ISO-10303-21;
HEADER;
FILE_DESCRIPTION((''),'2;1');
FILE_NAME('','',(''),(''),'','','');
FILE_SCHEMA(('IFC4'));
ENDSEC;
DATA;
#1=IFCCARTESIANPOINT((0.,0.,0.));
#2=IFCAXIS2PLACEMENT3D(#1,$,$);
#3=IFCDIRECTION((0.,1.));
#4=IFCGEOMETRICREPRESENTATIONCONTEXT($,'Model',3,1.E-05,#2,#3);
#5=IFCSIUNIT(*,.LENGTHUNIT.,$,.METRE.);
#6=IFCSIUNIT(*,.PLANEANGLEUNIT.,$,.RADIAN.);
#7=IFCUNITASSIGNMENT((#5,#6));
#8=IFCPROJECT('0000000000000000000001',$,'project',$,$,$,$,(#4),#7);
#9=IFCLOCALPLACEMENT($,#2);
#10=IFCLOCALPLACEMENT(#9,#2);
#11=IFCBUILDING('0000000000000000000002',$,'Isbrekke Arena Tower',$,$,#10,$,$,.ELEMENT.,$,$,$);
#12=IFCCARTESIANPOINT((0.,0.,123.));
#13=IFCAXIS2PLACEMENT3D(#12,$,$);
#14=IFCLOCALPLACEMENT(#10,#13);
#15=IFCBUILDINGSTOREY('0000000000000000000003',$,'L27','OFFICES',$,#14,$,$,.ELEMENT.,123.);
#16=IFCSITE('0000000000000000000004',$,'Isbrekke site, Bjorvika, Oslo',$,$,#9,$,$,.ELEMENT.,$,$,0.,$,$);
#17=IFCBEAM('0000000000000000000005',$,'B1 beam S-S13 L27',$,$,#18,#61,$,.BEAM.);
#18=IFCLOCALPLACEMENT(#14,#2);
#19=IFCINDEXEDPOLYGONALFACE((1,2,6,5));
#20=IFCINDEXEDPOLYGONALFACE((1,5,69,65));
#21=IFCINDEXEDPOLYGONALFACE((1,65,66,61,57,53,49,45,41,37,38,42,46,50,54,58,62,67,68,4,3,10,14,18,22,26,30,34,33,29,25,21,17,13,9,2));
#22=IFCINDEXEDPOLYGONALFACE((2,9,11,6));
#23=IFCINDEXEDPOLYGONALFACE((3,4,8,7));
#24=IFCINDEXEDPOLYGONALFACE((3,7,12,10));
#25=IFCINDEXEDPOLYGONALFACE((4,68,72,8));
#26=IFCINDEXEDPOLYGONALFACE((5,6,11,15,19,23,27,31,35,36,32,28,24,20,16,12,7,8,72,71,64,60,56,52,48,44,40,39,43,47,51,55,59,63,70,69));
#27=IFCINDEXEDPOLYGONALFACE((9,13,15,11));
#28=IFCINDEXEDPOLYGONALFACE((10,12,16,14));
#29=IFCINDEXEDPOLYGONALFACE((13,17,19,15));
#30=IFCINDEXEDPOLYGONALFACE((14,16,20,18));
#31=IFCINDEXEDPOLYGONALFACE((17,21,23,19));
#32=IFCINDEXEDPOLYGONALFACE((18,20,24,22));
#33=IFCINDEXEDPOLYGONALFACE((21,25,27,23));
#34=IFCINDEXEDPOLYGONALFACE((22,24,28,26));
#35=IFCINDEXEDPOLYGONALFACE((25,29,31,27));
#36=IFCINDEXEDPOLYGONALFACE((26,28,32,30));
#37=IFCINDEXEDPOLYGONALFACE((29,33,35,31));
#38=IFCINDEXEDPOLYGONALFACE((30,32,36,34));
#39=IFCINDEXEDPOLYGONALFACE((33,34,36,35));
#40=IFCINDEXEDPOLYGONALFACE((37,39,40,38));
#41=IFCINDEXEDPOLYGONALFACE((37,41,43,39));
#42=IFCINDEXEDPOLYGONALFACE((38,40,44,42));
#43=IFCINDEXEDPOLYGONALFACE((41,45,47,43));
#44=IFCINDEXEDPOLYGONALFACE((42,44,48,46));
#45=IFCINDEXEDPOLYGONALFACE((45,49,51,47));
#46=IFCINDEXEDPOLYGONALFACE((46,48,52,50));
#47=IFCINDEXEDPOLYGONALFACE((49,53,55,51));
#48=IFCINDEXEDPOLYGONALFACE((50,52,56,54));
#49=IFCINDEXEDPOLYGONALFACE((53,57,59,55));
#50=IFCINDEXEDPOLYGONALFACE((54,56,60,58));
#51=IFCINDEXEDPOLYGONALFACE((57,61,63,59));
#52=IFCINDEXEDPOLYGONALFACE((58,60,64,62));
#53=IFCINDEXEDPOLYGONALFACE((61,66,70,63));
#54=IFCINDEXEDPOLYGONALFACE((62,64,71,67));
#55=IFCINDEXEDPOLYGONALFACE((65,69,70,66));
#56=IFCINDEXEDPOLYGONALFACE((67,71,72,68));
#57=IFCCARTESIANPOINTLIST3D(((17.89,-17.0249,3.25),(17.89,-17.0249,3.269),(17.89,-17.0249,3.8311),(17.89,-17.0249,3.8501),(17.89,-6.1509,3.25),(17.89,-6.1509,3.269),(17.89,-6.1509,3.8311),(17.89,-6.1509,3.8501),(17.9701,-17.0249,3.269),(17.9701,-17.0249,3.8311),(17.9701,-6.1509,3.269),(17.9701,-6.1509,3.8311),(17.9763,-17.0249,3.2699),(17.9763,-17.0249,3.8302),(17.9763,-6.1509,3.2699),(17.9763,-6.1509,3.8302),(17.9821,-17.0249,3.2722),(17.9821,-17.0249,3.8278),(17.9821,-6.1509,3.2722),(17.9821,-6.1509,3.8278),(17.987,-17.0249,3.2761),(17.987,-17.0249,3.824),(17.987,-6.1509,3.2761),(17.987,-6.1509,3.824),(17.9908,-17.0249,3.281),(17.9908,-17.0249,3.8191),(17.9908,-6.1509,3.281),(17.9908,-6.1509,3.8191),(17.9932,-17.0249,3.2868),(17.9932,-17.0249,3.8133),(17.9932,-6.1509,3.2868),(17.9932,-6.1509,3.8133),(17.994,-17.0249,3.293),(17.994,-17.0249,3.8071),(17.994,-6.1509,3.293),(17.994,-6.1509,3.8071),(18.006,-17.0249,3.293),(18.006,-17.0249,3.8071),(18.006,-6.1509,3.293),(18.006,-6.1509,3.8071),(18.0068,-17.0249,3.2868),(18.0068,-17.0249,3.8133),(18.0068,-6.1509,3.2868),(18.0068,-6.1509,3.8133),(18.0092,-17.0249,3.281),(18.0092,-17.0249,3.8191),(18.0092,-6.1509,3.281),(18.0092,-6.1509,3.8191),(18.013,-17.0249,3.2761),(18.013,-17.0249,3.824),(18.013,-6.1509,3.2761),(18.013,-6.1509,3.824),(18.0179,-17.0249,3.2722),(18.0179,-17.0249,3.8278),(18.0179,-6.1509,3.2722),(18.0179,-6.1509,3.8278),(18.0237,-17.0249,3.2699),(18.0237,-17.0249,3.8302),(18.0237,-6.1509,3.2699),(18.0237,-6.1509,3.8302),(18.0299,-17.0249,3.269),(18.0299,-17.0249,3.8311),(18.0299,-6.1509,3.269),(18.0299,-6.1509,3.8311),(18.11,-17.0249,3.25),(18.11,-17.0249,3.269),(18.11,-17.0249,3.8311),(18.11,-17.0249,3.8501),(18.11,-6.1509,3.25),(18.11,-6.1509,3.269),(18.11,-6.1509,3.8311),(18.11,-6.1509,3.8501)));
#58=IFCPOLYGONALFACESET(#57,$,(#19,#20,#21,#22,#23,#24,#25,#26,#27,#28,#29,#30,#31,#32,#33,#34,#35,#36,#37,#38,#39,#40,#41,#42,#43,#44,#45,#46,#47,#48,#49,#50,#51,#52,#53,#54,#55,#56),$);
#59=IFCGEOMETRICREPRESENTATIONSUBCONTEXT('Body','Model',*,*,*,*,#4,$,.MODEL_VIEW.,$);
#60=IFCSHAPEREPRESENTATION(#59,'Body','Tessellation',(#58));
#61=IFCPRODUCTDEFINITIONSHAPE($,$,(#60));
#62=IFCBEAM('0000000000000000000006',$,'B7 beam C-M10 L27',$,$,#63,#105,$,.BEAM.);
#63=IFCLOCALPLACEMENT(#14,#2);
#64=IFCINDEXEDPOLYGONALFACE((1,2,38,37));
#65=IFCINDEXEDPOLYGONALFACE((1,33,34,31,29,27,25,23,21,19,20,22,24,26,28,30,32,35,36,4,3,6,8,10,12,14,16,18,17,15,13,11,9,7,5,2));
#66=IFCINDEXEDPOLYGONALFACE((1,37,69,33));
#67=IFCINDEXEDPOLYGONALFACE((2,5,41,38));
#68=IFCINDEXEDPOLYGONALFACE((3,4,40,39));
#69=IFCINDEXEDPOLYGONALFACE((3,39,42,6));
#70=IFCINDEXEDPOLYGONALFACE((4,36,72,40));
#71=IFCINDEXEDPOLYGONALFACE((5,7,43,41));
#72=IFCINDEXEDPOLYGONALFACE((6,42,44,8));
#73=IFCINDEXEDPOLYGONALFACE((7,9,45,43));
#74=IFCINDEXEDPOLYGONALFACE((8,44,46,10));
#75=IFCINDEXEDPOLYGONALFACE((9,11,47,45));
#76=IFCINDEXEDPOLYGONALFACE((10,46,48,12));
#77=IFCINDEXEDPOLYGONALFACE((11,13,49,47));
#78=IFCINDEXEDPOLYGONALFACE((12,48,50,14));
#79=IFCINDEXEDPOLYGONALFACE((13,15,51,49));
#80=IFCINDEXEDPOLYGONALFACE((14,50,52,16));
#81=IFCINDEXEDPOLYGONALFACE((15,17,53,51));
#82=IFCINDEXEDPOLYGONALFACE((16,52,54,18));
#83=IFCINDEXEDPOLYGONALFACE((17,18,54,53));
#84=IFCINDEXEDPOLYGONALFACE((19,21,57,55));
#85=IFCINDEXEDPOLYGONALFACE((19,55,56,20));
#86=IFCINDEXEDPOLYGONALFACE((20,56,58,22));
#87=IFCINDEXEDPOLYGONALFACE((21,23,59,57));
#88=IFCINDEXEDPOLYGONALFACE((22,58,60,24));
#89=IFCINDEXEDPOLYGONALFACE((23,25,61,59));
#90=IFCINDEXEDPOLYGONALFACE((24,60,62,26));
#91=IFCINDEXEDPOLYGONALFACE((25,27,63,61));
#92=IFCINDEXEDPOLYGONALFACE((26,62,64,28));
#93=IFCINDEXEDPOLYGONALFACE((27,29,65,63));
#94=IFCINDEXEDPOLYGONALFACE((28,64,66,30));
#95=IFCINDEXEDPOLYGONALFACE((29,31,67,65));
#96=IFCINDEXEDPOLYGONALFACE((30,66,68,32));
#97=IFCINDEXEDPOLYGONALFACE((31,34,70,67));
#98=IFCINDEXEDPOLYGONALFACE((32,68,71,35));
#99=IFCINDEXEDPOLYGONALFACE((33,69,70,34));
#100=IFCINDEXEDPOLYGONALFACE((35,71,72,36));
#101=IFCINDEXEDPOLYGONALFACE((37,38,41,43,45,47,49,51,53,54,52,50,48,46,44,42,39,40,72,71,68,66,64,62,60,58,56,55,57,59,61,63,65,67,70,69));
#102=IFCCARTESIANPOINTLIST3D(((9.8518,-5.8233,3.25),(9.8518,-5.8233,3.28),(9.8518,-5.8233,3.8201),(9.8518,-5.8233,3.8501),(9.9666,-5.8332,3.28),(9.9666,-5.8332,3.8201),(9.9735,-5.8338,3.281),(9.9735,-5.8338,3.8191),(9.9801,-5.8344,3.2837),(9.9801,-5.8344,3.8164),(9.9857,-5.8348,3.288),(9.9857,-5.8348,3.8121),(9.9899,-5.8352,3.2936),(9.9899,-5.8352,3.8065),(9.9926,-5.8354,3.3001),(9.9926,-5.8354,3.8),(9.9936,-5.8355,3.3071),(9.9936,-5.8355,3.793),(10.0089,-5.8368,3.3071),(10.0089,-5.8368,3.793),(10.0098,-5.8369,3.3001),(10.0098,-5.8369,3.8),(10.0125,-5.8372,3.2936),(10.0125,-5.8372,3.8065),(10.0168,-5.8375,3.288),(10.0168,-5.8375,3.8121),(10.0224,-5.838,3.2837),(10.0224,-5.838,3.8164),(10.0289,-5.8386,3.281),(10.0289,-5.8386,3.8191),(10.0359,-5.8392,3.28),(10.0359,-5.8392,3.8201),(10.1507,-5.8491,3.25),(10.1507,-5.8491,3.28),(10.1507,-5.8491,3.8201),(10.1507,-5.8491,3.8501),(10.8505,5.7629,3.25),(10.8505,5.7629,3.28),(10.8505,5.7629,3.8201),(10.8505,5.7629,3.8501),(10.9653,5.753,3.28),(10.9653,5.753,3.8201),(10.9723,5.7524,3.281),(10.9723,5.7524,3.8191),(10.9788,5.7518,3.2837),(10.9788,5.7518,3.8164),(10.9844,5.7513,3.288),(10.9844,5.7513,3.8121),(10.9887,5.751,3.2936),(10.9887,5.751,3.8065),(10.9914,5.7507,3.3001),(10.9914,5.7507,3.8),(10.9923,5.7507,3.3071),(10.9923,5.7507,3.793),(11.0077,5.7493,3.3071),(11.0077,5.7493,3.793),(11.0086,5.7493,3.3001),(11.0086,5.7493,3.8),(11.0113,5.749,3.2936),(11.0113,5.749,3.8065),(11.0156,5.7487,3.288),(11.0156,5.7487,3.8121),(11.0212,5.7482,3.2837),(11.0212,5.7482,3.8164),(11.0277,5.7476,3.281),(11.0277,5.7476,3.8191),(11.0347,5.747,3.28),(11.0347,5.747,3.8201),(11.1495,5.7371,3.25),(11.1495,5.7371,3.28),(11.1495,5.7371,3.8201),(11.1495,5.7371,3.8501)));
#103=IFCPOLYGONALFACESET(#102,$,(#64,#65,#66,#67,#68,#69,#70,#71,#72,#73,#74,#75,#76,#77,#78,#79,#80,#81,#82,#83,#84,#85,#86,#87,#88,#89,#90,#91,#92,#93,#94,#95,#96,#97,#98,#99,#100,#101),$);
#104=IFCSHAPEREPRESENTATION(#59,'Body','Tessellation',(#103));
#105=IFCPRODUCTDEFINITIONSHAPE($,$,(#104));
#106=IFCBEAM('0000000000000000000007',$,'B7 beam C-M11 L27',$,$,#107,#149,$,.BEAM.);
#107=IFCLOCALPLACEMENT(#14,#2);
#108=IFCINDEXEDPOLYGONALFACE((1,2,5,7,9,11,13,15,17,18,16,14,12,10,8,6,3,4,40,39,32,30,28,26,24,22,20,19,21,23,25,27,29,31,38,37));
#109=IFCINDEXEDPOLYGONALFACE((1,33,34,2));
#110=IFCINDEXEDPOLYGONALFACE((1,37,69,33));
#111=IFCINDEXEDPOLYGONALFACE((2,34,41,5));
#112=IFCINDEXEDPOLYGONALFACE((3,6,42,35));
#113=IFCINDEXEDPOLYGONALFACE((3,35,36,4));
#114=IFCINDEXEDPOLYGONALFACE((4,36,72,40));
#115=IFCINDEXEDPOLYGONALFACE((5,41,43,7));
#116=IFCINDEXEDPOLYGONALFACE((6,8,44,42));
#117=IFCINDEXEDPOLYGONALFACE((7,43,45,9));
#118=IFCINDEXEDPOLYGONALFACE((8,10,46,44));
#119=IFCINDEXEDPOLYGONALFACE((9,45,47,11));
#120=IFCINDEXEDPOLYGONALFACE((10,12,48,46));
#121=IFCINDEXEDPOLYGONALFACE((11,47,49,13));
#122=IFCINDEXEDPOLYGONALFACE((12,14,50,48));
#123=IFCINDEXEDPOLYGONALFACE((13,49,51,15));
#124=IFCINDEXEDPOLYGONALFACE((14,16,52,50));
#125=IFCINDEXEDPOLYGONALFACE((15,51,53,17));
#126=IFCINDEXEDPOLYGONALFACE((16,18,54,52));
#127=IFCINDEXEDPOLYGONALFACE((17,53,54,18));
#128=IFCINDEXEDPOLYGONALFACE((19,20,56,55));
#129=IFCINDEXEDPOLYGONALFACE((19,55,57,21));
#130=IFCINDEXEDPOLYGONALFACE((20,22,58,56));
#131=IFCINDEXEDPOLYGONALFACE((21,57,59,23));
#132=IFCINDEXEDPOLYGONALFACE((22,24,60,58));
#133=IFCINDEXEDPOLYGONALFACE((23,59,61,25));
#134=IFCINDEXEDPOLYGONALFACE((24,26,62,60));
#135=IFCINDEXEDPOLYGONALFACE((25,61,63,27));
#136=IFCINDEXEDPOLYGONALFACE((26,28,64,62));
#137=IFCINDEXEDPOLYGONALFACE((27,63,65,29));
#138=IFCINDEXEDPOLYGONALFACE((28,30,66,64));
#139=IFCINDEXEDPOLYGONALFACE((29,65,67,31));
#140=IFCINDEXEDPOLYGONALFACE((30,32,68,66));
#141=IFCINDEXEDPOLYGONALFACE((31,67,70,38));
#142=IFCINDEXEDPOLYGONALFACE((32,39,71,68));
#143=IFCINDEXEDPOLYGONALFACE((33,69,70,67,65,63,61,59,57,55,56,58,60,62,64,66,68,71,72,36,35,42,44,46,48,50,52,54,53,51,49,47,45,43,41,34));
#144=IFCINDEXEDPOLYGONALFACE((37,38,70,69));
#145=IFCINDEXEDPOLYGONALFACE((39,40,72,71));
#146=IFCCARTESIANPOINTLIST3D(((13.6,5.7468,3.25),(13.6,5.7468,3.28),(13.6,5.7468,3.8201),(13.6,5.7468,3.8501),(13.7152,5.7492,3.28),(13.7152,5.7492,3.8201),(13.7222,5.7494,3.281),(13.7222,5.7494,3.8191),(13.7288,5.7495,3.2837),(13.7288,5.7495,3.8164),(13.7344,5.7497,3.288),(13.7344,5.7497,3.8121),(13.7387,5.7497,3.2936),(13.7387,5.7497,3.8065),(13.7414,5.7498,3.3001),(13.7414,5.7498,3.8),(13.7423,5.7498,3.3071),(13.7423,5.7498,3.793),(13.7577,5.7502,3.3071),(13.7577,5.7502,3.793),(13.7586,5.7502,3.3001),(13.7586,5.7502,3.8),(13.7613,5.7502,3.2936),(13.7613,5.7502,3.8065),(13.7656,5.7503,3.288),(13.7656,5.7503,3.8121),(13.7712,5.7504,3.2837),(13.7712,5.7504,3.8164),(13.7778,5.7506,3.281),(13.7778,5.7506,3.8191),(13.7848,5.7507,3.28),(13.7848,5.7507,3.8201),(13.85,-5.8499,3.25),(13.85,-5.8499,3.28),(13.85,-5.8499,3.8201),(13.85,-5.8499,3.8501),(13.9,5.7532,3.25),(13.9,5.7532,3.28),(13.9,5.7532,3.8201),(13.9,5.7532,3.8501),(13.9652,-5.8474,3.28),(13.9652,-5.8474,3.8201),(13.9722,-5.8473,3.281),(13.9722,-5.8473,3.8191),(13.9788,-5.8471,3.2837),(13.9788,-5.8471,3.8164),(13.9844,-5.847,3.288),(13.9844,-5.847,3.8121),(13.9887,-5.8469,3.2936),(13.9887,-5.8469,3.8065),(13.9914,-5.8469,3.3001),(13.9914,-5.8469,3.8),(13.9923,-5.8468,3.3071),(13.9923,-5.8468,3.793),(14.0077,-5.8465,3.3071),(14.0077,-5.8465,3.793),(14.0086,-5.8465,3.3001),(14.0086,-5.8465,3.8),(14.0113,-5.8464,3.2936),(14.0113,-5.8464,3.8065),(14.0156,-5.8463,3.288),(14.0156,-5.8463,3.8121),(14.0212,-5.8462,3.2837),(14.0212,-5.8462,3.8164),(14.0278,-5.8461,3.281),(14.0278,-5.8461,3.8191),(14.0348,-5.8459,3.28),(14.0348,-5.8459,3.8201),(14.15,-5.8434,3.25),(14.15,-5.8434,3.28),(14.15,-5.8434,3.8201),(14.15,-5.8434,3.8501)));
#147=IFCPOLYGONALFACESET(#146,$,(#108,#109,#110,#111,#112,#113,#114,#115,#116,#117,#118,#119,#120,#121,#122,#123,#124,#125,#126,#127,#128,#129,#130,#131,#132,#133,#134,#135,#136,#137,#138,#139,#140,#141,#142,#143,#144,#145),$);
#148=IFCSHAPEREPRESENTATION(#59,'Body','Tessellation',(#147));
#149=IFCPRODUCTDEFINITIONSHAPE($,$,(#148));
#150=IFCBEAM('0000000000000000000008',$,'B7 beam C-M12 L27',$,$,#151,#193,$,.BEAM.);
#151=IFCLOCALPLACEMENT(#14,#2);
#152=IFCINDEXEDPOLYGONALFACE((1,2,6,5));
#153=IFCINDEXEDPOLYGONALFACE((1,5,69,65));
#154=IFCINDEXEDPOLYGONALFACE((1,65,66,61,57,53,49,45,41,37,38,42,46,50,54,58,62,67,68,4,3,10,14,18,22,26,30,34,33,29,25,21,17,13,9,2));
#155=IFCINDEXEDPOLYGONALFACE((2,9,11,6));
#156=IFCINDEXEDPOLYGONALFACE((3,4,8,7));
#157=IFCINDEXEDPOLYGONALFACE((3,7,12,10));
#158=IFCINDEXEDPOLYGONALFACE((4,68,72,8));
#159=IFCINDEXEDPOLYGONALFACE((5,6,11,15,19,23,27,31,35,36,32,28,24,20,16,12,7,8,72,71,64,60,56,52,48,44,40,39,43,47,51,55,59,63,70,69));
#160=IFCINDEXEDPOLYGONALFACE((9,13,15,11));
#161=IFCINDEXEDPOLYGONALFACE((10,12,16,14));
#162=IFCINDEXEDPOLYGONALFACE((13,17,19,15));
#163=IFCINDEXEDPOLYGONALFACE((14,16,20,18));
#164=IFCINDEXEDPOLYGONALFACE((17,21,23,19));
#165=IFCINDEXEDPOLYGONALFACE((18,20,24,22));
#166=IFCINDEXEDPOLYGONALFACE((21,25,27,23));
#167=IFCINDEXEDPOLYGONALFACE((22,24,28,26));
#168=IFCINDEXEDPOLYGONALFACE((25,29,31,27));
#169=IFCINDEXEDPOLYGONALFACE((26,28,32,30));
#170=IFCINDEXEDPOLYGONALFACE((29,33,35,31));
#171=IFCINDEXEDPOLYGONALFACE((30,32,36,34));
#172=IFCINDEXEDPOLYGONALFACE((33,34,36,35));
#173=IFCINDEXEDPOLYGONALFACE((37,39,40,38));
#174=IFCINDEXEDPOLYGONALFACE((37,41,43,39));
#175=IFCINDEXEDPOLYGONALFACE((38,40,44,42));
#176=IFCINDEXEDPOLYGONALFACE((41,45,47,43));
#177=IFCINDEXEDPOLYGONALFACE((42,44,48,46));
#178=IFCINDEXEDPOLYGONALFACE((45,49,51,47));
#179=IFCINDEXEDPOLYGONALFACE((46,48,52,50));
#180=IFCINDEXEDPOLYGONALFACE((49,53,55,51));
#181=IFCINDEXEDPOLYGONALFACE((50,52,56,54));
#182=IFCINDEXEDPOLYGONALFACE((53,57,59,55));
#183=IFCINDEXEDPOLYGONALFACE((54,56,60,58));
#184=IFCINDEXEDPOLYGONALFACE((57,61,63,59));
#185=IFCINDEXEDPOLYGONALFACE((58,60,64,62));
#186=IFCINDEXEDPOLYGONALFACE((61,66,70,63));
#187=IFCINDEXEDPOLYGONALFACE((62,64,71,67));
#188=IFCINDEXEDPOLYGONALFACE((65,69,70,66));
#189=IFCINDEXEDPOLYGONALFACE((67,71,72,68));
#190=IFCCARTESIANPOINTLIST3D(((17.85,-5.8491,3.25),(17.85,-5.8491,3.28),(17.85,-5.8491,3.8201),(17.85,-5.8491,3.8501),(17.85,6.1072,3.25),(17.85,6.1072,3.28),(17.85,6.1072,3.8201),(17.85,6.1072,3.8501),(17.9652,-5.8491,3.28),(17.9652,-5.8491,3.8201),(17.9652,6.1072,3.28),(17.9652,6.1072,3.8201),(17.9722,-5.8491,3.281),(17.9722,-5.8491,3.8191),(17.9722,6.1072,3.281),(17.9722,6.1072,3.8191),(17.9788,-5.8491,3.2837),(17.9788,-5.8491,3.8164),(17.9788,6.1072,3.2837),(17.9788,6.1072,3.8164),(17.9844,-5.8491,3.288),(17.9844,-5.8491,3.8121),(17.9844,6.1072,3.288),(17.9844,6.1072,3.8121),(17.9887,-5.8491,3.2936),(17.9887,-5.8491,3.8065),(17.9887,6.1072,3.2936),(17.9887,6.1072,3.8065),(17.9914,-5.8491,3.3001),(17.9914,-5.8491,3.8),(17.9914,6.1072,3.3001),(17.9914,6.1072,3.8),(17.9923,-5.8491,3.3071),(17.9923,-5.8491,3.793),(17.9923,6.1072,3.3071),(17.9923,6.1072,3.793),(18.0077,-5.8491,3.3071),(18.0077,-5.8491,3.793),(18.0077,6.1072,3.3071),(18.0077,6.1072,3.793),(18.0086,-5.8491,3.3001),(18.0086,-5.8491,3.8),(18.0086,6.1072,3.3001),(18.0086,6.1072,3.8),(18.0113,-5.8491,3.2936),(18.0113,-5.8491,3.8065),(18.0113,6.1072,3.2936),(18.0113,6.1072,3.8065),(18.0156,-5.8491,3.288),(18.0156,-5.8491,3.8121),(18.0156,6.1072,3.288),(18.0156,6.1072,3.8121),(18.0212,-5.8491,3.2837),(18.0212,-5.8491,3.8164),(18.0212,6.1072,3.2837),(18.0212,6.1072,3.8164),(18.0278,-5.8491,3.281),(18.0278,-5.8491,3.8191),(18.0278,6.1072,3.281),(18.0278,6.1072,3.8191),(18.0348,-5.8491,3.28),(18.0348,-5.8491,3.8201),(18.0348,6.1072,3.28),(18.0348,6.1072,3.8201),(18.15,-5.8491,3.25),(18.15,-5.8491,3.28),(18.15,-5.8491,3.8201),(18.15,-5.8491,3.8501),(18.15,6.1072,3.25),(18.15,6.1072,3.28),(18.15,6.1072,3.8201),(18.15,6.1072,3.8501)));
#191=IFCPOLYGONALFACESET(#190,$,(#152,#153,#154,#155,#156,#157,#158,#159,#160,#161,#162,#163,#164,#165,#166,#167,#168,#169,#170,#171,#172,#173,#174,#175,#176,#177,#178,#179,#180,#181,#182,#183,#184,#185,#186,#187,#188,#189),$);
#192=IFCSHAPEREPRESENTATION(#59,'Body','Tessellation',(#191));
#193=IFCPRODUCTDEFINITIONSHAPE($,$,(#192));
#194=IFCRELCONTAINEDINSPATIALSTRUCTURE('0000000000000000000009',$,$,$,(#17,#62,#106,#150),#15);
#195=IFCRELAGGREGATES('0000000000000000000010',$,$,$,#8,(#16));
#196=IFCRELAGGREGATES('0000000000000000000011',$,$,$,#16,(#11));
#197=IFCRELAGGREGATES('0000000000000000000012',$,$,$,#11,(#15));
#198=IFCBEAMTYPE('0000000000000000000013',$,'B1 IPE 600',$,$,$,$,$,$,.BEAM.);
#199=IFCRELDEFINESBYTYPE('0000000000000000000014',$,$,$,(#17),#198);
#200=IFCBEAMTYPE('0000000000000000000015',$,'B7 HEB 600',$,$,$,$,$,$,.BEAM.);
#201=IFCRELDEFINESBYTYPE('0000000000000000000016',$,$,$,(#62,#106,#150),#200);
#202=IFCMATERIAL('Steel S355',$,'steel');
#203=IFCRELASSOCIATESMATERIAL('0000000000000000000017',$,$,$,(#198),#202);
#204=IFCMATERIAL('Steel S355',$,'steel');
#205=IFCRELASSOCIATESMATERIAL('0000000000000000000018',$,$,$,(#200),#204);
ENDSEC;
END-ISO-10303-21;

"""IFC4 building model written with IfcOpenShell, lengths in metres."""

from ifc_helpers import new_model, si_unit, direction, frame, origin, origin_2d, place, context, subcontext, project, spatial, i_section, extrude, material, material_profile, profile_set, type_object, element, save


model = new_model("IFC4")

# Units and contexts
model_context = context("Model", 3, precision=1e-05, world=origin(), true_north=direction((0.0, 1.0)))
body_context = subcontext(model_context, "Body", "Model", "MODEL_VIEW")
ifc_project = project(units=[si_unit("LENGTHUNIT", "METRE"), si_unit("PLANEANGLEUNIT", "RADIAN")], contexts=[model_context])

# Site, building, storey
site_placement = place(None, origin())
site = spatial("IfcSite", under=ifc_project, at=site_placement, Name="Isbrekke site, Bjorvika, Oslo", CompositionType="ELEMENT", RefElevation=0.0)
building_placement = place(site_placement, origin())
building = spatial("IfcBuilding", under=site, at=building_placement, Name="Isbrekke Arena Tower", CompositionType="ELEMENT")
storey_placement = place(building_placement, frame((0.0, 0.0, 123.0)))
storey = spatial("IfcBuildingStorey", under=building, at=storey_placement, Name="L27", Description="OFFICES", CompositionType="ELEMENT", Elevation=123.0)

# Beams
ifc_material_1 = material(Name="Steel S355", Category="steel")
ifc_material_profile_1 = material_profile(ifc_material_1, i_section(OverallWidth=0.22, OverallDepth=0.6001, WebThickness=0.012, FlangeThickness=0.019, FilletRadius=0.0239, at=origin_2d()), Name="IPE 600")
ifc_profile_set_1 = profile_set([ifc_material_profile_1], Name="Steel S355")
beam_type_1 = type_object("IfcBeamType", Name="B1 IPE 600", PredefinedType="BEAM", material=ifc_profile_set_1)
beam_1_placement = place(storey_placement, frame((18.0, -17.0249, 3.55), z_axis=(0.0, 1.0, 0.0), x_axis=(-1.0, 0.0, 0.0)))
element("IfcBeam", 1, at=beam_1_placement, inside=storey, type_object=beam_type_1, Name="B1 beam S-S13 L27", PredefinedType="BEAM", context=body_context, shape_type="SweptSolid", body=[
    extrude(i_section(OverallWidth=0.22, OverallDepth=0.6001, WebThickness=0.012, FlangeThickness=0.019, FilletRadius=0.0239, at=origin_2d()), origin(), (0.0, 0.0, 1.0), 10.874),
])
ifc_material_2 = material(Name="Steel S355", Category="steel")
ifc_material_profile_2 = material_profile(ifc_material_2, i_section(OverallWidth=0.3, OverallDepth=0.6001, WebThickness=0.0154, FlangeThickness=0.03, FilletRadius=0.0271, at=origin_2d()), Name="HEB 600")
ifc_profile_set_2 = profile_set([ifc_material_profile_2], Name="Steel S355")
beam_type_2 = type_object("IfcBeamType", Name="B7 HEB 600", PredefinedType="BEAM", material=ifc_profile_set_2)
beam_2_placement = place(storey_placement, frame((10.0012, -5.8362, 3.55), z_axis=(0.085886, 0.996305, 0.0), x_axis=(-0.996305, 0.085886, 0.0)))
element("IfcBeam", 2, at=beam_2_placement, inside=storey, type_object=beam_type_2, Name="B7 beam C-M10 L27", PredefinedType="BEAM", context=body_context, shape_type="SweptSolid", body=[
    extrude(i_section(OverallWidth=0.3, OverallDepth=0.6001, WebThickness=0.0154, FlangeThickness=0.03, FilletRadius=0.0271, at=origin_2d()), origin(), (0.0, 0.0, 1.0), 11.6292),
])
beam_3_placement = place(storey_placement, frame((14.0, -5.8467, 3.55), z_axis=(-0.021553, 0.999768, 0.0), x_axis=(-0.999768, -0.021553, 0.0)))
element("IfcBeam", 3, at=beam_3_placement, inside=storey, type_object=beam_type_2, Name="B7 beam C-M11 L27", PredefinedType="BEAM", context=body_context, shape_type="SweptSolid", body=[
    extrude(i_section(OverallWidth=0.3, OverallDepth=0.6001, WebThickness=0.0154, FlangeThickness=0.03, FilletRadius=0.0271, at=origin_2d()), origin(), (0.0, 0.0, 1.0), 11.5994),
])
beam_4_placement = place(storey_placement, frame((18.0, -5.8491, 3.55), z_axis=(0.0, 1.0, 0.0), x_axis=(-1.0, 0.0, 0.0)))
element("IfcBeam", 4, at=beam_4_placement, inside=storey, type_object=beam_type_2, Name="B7 beam C-M12 L27", PredefinedType="BEAM", context=body_context, shape_type="SweptSolid", body=[
    extrude(i_section(OverallWidth=0.3, OverallDepth=0.6001, WebThickness=0.0154, FlangeThickness=0.03, FilletRadius=0.0271, at=origin_2d()), origin(), (0.0, 0.0, 1.0), 11.9563),
])

save(model, "model.ifc")
